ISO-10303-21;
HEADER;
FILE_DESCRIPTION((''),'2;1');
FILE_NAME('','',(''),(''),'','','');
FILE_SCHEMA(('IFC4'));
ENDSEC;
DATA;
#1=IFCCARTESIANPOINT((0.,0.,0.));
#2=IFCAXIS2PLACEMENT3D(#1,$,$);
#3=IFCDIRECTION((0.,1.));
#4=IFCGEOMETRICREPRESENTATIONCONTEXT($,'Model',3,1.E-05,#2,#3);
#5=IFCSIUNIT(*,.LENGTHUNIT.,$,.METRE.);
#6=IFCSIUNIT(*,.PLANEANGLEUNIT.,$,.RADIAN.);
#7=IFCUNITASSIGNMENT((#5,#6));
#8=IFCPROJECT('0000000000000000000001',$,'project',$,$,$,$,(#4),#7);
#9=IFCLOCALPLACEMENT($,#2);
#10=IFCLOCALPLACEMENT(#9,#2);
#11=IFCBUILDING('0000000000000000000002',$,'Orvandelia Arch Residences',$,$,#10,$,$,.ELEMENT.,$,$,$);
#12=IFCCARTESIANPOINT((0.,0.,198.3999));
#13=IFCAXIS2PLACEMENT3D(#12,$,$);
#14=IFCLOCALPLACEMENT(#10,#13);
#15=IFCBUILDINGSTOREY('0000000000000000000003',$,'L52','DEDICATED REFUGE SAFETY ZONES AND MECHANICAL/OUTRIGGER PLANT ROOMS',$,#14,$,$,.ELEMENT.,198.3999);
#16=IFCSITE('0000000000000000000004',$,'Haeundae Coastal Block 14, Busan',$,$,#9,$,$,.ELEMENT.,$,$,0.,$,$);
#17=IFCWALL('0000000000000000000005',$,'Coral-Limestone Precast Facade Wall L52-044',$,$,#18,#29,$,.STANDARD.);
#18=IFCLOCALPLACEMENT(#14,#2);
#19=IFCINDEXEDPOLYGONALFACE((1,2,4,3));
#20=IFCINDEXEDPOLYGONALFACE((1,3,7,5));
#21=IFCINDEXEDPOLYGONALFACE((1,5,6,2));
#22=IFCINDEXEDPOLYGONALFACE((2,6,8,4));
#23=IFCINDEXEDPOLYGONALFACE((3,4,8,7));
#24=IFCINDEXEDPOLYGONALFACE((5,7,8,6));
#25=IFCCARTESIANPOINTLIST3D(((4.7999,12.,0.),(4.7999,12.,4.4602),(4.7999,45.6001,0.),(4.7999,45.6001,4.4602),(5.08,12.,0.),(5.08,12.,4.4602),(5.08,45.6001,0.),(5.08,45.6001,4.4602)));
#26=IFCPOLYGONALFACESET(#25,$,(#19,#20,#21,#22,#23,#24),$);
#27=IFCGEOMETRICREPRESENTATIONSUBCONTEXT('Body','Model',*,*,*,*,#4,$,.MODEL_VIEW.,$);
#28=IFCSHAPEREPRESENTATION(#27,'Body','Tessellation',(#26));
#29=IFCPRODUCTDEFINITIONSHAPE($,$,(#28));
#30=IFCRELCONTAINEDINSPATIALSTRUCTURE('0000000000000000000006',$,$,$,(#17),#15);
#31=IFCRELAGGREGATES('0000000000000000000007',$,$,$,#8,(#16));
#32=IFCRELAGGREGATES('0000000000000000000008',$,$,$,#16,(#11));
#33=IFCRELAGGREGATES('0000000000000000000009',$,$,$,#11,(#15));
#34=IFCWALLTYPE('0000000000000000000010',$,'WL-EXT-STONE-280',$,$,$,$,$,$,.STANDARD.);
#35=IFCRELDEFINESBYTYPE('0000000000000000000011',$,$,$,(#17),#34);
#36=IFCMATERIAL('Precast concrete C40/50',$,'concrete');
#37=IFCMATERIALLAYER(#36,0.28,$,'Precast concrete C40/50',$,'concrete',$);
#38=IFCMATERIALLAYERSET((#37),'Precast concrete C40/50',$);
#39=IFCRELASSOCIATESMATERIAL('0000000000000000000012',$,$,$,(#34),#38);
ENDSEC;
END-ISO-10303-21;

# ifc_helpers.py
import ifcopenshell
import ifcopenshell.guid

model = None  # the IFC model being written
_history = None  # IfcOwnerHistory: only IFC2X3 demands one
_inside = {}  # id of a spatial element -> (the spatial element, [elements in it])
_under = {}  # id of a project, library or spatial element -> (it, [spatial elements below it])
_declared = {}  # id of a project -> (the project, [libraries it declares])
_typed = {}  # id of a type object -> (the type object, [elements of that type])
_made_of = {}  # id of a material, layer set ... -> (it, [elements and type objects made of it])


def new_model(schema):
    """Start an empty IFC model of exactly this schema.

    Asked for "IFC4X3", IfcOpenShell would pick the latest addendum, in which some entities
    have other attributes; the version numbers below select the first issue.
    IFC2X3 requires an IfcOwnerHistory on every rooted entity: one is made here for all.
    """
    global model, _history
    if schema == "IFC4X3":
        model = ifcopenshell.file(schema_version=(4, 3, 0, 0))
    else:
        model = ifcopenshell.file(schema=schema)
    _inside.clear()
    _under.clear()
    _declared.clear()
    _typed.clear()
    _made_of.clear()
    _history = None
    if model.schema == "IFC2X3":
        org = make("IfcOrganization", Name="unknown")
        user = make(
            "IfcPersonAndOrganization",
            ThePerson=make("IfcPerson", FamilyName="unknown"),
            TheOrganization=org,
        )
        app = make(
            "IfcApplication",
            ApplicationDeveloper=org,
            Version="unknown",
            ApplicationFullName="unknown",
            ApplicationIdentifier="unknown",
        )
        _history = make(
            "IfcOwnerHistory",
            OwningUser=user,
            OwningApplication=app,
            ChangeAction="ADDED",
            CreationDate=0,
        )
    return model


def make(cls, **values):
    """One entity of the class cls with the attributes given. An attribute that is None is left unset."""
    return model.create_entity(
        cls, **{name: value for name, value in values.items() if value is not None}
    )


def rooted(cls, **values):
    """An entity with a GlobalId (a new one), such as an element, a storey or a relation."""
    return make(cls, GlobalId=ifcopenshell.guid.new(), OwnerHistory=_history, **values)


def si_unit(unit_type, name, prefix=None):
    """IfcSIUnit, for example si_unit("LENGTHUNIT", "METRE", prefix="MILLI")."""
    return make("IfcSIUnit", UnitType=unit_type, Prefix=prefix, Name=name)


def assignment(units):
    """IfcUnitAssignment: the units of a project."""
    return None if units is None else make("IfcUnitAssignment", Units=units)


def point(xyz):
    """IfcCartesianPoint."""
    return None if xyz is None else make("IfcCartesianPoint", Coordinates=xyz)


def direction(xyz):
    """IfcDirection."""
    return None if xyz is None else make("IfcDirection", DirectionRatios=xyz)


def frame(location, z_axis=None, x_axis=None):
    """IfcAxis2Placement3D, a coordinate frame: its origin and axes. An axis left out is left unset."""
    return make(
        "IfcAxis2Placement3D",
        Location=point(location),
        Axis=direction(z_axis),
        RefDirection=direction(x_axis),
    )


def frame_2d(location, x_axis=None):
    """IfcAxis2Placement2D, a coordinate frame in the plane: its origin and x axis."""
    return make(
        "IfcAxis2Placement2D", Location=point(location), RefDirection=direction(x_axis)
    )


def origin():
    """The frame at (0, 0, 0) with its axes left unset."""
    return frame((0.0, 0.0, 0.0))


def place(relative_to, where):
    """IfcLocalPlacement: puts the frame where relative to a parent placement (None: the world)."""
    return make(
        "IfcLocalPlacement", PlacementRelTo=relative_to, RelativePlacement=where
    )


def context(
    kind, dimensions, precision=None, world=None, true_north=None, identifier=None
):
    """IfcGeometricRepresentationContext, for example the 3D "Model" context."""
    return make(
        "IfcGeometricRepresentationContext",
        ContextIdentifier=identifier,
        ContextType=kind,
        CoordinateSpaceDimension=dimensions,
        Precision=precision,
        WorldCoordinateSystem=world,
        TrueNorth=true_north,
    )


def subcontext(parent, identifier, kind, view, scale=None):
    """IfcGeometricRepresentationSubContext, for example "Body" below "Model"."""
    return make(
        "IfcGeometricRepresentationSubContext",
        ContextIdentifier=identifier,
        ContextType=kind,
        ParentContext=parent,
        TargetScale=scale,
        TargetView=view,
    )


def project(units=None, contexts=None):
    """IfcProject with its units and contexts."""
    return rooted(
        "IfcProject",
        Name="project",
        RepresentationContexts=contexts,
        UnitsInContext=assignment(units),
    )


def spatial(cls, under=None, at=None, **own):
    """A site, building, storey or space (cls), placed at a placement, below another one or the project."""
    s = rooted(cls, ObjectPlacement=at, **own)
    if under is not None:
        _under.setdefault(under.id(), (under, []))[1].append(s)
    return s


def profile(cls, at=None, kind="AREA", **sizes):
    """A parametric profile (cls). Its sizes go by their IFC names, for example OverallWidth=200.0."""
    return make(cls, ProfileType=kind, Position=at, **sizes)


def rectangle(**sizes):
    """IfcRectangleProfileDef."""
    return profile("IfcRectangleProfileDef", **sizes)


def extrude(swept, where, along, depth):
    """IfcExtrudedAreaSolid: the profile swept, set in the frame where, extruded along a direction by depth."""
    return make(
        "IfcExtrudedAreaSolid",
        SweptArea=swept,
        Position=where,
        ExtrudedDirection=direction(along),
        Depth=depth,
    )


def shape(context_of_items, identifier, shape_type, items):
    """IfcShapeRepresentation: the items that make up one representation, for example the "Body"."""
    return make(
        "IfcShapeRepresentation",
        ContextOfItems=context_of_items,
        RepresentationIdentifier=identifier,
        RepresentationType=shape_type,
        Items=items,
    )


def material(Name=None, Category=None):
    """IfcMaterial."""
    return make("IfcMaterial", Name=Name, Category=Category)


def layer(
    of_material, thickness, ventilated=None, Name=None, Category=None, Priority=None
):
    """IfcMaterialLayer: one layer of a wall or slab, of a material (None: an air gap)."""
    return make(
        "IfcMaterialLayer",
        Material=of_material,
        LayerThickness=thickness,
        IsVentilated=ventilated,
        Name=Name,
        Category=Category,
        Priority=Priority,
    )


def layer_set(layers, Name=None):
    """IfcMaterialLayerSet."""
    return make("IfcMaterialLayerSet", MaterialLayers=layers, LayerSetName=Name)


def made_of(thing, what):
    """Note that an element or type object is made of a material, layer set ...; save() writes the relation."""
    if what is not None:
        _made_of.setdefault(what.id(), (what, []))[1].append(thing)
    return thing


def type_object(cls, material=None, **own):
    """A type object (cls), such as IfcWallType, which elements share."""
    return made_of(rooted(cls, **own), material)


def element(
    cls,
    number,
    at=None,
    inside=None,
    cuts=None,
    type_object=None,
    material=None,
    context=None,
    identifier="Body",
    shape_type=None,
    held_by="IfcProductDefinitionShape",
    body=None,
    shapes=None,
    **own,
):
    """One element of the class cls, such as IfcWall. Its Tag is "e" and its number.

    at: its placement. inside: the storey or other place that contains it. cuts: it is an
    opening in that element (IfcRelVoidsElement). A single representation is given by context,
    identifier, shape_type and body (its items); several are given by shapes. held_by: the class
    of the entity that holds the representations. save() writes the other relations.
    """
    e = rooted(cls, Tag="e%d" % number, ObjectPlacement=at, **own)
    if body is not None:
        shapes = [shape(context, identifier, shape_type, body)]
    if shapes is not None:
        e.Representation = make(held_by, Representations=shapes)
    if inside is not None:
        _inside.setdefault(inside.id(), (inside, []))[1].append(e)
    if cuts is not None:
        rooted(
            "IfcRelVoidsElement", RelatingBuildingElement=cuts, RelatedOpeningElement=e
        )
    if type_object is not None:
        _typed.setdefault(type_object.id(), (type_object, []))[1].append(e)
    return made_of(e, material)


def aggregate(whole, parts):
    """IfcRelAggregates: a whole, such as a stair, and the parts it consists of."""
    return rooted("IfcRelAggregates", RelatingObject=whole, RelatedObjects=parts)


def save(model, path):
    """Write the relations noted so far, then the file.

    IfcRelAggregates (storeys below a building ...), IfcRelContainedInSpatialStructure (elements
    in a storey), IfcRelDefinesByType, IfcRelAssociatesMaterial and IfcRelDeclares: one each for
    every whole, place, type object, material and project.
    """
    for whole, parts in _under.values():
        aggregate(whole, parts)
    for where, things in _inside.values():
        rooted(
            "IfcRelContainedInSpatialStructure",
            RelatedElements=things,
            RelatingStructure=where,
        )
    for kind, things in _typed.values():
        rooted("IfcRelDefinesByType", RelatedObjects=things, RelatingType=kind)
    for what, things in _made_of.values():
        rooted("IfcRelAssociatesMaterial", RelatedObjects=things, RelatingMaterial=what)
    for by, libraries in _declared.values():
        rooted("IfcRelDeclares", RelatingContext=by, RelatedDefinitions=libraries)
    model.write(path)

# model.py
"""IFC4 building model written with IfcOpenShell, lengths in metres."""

from ifc_helpers import new_model, si_unit, direction, frame, frame_2d, origin, place, context, subcontext, project, spatial, rectangle, extrude, material, layer, layer_set, type_object, element, save


model = new_model("IFC4")

# Units and contexts
model_context = context("Model", 3, precision=1e-05, world=origin(), true_north=direction((0.0, 1.0)))
body_context = subcontext(model_context, "Body", "Model", "MODEL_VIEW")
ifc_project = project(units=[si_unit("LENGTHUNIT", "METRE"), si_unit("PLANEANGLEUNIT", "RADIAN")], contexts=[model_context])

# Site, building, storey
site_placement = place(None, origin())
site = spatial("IfcSite", under=ifc_project, at=site_placement, Name="Haeundae Coastal Block 14, Busan", CompositionType="ELEMENT", RefElevation=0.0)
building_placement = place(site_placement, origin())
building = spatial("IfcBuilding", under=site, at=building_placement, Name="Orvandelia Arch Residences", CompositionType="ELEMENT")
storey_placement = place(building_placement, frame((0.0, 0.0, 198.3999)))
storey = spatial("IfcBuildingStorey", under=building, at=storey_placement, Name="L52", Description="DEDICATED REFUGE SAFETY ZONES AND MECHANICAL/OUTRIGGER PLANT ROOMS", CompositionType="ELEMENT", Elevation=198.3999)

# Wall
ifc_material_1 = material(Name="Precast concrete C40/50", Category="concrete")
ifc_layer_1 = layer(ifc_material_1, 0.28, Name="Precast concrete C40/50", Category="concrete")
ifc_layer_set_1 = layer_set([ifc_layer_1], Name="Precast concrete C40/50")
wall_type_1 = type_object("IfcWallType", Name="WL-EXT-STONE-280", PredefinedType="STANDARD", material=ifc_layer_set_1)
wall_1_placement = place(storey_placement, frame((4.9399, 12.0, 0.0), z_axis=(0.0, 0.0, 1.0), x_axis=(0.0, 1.0, 0.0)))
element("IfcWall", 1, at=wall_1_placement, inside=storey, type_object=wall_type_1, Name="Coral-Limestone Precast Facade Wall L52-044", PredefinedType="STANDARD", context=body_context, shape_type="SweptSolid", body=[
    extrude(rectangle(XDim=33.6001, YDim=0.28, at=frame_2d((16.8, 0.0))), origin(), (0.0, 0.0, 1.0), 4.4602),
])

save(model, "model.ifc")
